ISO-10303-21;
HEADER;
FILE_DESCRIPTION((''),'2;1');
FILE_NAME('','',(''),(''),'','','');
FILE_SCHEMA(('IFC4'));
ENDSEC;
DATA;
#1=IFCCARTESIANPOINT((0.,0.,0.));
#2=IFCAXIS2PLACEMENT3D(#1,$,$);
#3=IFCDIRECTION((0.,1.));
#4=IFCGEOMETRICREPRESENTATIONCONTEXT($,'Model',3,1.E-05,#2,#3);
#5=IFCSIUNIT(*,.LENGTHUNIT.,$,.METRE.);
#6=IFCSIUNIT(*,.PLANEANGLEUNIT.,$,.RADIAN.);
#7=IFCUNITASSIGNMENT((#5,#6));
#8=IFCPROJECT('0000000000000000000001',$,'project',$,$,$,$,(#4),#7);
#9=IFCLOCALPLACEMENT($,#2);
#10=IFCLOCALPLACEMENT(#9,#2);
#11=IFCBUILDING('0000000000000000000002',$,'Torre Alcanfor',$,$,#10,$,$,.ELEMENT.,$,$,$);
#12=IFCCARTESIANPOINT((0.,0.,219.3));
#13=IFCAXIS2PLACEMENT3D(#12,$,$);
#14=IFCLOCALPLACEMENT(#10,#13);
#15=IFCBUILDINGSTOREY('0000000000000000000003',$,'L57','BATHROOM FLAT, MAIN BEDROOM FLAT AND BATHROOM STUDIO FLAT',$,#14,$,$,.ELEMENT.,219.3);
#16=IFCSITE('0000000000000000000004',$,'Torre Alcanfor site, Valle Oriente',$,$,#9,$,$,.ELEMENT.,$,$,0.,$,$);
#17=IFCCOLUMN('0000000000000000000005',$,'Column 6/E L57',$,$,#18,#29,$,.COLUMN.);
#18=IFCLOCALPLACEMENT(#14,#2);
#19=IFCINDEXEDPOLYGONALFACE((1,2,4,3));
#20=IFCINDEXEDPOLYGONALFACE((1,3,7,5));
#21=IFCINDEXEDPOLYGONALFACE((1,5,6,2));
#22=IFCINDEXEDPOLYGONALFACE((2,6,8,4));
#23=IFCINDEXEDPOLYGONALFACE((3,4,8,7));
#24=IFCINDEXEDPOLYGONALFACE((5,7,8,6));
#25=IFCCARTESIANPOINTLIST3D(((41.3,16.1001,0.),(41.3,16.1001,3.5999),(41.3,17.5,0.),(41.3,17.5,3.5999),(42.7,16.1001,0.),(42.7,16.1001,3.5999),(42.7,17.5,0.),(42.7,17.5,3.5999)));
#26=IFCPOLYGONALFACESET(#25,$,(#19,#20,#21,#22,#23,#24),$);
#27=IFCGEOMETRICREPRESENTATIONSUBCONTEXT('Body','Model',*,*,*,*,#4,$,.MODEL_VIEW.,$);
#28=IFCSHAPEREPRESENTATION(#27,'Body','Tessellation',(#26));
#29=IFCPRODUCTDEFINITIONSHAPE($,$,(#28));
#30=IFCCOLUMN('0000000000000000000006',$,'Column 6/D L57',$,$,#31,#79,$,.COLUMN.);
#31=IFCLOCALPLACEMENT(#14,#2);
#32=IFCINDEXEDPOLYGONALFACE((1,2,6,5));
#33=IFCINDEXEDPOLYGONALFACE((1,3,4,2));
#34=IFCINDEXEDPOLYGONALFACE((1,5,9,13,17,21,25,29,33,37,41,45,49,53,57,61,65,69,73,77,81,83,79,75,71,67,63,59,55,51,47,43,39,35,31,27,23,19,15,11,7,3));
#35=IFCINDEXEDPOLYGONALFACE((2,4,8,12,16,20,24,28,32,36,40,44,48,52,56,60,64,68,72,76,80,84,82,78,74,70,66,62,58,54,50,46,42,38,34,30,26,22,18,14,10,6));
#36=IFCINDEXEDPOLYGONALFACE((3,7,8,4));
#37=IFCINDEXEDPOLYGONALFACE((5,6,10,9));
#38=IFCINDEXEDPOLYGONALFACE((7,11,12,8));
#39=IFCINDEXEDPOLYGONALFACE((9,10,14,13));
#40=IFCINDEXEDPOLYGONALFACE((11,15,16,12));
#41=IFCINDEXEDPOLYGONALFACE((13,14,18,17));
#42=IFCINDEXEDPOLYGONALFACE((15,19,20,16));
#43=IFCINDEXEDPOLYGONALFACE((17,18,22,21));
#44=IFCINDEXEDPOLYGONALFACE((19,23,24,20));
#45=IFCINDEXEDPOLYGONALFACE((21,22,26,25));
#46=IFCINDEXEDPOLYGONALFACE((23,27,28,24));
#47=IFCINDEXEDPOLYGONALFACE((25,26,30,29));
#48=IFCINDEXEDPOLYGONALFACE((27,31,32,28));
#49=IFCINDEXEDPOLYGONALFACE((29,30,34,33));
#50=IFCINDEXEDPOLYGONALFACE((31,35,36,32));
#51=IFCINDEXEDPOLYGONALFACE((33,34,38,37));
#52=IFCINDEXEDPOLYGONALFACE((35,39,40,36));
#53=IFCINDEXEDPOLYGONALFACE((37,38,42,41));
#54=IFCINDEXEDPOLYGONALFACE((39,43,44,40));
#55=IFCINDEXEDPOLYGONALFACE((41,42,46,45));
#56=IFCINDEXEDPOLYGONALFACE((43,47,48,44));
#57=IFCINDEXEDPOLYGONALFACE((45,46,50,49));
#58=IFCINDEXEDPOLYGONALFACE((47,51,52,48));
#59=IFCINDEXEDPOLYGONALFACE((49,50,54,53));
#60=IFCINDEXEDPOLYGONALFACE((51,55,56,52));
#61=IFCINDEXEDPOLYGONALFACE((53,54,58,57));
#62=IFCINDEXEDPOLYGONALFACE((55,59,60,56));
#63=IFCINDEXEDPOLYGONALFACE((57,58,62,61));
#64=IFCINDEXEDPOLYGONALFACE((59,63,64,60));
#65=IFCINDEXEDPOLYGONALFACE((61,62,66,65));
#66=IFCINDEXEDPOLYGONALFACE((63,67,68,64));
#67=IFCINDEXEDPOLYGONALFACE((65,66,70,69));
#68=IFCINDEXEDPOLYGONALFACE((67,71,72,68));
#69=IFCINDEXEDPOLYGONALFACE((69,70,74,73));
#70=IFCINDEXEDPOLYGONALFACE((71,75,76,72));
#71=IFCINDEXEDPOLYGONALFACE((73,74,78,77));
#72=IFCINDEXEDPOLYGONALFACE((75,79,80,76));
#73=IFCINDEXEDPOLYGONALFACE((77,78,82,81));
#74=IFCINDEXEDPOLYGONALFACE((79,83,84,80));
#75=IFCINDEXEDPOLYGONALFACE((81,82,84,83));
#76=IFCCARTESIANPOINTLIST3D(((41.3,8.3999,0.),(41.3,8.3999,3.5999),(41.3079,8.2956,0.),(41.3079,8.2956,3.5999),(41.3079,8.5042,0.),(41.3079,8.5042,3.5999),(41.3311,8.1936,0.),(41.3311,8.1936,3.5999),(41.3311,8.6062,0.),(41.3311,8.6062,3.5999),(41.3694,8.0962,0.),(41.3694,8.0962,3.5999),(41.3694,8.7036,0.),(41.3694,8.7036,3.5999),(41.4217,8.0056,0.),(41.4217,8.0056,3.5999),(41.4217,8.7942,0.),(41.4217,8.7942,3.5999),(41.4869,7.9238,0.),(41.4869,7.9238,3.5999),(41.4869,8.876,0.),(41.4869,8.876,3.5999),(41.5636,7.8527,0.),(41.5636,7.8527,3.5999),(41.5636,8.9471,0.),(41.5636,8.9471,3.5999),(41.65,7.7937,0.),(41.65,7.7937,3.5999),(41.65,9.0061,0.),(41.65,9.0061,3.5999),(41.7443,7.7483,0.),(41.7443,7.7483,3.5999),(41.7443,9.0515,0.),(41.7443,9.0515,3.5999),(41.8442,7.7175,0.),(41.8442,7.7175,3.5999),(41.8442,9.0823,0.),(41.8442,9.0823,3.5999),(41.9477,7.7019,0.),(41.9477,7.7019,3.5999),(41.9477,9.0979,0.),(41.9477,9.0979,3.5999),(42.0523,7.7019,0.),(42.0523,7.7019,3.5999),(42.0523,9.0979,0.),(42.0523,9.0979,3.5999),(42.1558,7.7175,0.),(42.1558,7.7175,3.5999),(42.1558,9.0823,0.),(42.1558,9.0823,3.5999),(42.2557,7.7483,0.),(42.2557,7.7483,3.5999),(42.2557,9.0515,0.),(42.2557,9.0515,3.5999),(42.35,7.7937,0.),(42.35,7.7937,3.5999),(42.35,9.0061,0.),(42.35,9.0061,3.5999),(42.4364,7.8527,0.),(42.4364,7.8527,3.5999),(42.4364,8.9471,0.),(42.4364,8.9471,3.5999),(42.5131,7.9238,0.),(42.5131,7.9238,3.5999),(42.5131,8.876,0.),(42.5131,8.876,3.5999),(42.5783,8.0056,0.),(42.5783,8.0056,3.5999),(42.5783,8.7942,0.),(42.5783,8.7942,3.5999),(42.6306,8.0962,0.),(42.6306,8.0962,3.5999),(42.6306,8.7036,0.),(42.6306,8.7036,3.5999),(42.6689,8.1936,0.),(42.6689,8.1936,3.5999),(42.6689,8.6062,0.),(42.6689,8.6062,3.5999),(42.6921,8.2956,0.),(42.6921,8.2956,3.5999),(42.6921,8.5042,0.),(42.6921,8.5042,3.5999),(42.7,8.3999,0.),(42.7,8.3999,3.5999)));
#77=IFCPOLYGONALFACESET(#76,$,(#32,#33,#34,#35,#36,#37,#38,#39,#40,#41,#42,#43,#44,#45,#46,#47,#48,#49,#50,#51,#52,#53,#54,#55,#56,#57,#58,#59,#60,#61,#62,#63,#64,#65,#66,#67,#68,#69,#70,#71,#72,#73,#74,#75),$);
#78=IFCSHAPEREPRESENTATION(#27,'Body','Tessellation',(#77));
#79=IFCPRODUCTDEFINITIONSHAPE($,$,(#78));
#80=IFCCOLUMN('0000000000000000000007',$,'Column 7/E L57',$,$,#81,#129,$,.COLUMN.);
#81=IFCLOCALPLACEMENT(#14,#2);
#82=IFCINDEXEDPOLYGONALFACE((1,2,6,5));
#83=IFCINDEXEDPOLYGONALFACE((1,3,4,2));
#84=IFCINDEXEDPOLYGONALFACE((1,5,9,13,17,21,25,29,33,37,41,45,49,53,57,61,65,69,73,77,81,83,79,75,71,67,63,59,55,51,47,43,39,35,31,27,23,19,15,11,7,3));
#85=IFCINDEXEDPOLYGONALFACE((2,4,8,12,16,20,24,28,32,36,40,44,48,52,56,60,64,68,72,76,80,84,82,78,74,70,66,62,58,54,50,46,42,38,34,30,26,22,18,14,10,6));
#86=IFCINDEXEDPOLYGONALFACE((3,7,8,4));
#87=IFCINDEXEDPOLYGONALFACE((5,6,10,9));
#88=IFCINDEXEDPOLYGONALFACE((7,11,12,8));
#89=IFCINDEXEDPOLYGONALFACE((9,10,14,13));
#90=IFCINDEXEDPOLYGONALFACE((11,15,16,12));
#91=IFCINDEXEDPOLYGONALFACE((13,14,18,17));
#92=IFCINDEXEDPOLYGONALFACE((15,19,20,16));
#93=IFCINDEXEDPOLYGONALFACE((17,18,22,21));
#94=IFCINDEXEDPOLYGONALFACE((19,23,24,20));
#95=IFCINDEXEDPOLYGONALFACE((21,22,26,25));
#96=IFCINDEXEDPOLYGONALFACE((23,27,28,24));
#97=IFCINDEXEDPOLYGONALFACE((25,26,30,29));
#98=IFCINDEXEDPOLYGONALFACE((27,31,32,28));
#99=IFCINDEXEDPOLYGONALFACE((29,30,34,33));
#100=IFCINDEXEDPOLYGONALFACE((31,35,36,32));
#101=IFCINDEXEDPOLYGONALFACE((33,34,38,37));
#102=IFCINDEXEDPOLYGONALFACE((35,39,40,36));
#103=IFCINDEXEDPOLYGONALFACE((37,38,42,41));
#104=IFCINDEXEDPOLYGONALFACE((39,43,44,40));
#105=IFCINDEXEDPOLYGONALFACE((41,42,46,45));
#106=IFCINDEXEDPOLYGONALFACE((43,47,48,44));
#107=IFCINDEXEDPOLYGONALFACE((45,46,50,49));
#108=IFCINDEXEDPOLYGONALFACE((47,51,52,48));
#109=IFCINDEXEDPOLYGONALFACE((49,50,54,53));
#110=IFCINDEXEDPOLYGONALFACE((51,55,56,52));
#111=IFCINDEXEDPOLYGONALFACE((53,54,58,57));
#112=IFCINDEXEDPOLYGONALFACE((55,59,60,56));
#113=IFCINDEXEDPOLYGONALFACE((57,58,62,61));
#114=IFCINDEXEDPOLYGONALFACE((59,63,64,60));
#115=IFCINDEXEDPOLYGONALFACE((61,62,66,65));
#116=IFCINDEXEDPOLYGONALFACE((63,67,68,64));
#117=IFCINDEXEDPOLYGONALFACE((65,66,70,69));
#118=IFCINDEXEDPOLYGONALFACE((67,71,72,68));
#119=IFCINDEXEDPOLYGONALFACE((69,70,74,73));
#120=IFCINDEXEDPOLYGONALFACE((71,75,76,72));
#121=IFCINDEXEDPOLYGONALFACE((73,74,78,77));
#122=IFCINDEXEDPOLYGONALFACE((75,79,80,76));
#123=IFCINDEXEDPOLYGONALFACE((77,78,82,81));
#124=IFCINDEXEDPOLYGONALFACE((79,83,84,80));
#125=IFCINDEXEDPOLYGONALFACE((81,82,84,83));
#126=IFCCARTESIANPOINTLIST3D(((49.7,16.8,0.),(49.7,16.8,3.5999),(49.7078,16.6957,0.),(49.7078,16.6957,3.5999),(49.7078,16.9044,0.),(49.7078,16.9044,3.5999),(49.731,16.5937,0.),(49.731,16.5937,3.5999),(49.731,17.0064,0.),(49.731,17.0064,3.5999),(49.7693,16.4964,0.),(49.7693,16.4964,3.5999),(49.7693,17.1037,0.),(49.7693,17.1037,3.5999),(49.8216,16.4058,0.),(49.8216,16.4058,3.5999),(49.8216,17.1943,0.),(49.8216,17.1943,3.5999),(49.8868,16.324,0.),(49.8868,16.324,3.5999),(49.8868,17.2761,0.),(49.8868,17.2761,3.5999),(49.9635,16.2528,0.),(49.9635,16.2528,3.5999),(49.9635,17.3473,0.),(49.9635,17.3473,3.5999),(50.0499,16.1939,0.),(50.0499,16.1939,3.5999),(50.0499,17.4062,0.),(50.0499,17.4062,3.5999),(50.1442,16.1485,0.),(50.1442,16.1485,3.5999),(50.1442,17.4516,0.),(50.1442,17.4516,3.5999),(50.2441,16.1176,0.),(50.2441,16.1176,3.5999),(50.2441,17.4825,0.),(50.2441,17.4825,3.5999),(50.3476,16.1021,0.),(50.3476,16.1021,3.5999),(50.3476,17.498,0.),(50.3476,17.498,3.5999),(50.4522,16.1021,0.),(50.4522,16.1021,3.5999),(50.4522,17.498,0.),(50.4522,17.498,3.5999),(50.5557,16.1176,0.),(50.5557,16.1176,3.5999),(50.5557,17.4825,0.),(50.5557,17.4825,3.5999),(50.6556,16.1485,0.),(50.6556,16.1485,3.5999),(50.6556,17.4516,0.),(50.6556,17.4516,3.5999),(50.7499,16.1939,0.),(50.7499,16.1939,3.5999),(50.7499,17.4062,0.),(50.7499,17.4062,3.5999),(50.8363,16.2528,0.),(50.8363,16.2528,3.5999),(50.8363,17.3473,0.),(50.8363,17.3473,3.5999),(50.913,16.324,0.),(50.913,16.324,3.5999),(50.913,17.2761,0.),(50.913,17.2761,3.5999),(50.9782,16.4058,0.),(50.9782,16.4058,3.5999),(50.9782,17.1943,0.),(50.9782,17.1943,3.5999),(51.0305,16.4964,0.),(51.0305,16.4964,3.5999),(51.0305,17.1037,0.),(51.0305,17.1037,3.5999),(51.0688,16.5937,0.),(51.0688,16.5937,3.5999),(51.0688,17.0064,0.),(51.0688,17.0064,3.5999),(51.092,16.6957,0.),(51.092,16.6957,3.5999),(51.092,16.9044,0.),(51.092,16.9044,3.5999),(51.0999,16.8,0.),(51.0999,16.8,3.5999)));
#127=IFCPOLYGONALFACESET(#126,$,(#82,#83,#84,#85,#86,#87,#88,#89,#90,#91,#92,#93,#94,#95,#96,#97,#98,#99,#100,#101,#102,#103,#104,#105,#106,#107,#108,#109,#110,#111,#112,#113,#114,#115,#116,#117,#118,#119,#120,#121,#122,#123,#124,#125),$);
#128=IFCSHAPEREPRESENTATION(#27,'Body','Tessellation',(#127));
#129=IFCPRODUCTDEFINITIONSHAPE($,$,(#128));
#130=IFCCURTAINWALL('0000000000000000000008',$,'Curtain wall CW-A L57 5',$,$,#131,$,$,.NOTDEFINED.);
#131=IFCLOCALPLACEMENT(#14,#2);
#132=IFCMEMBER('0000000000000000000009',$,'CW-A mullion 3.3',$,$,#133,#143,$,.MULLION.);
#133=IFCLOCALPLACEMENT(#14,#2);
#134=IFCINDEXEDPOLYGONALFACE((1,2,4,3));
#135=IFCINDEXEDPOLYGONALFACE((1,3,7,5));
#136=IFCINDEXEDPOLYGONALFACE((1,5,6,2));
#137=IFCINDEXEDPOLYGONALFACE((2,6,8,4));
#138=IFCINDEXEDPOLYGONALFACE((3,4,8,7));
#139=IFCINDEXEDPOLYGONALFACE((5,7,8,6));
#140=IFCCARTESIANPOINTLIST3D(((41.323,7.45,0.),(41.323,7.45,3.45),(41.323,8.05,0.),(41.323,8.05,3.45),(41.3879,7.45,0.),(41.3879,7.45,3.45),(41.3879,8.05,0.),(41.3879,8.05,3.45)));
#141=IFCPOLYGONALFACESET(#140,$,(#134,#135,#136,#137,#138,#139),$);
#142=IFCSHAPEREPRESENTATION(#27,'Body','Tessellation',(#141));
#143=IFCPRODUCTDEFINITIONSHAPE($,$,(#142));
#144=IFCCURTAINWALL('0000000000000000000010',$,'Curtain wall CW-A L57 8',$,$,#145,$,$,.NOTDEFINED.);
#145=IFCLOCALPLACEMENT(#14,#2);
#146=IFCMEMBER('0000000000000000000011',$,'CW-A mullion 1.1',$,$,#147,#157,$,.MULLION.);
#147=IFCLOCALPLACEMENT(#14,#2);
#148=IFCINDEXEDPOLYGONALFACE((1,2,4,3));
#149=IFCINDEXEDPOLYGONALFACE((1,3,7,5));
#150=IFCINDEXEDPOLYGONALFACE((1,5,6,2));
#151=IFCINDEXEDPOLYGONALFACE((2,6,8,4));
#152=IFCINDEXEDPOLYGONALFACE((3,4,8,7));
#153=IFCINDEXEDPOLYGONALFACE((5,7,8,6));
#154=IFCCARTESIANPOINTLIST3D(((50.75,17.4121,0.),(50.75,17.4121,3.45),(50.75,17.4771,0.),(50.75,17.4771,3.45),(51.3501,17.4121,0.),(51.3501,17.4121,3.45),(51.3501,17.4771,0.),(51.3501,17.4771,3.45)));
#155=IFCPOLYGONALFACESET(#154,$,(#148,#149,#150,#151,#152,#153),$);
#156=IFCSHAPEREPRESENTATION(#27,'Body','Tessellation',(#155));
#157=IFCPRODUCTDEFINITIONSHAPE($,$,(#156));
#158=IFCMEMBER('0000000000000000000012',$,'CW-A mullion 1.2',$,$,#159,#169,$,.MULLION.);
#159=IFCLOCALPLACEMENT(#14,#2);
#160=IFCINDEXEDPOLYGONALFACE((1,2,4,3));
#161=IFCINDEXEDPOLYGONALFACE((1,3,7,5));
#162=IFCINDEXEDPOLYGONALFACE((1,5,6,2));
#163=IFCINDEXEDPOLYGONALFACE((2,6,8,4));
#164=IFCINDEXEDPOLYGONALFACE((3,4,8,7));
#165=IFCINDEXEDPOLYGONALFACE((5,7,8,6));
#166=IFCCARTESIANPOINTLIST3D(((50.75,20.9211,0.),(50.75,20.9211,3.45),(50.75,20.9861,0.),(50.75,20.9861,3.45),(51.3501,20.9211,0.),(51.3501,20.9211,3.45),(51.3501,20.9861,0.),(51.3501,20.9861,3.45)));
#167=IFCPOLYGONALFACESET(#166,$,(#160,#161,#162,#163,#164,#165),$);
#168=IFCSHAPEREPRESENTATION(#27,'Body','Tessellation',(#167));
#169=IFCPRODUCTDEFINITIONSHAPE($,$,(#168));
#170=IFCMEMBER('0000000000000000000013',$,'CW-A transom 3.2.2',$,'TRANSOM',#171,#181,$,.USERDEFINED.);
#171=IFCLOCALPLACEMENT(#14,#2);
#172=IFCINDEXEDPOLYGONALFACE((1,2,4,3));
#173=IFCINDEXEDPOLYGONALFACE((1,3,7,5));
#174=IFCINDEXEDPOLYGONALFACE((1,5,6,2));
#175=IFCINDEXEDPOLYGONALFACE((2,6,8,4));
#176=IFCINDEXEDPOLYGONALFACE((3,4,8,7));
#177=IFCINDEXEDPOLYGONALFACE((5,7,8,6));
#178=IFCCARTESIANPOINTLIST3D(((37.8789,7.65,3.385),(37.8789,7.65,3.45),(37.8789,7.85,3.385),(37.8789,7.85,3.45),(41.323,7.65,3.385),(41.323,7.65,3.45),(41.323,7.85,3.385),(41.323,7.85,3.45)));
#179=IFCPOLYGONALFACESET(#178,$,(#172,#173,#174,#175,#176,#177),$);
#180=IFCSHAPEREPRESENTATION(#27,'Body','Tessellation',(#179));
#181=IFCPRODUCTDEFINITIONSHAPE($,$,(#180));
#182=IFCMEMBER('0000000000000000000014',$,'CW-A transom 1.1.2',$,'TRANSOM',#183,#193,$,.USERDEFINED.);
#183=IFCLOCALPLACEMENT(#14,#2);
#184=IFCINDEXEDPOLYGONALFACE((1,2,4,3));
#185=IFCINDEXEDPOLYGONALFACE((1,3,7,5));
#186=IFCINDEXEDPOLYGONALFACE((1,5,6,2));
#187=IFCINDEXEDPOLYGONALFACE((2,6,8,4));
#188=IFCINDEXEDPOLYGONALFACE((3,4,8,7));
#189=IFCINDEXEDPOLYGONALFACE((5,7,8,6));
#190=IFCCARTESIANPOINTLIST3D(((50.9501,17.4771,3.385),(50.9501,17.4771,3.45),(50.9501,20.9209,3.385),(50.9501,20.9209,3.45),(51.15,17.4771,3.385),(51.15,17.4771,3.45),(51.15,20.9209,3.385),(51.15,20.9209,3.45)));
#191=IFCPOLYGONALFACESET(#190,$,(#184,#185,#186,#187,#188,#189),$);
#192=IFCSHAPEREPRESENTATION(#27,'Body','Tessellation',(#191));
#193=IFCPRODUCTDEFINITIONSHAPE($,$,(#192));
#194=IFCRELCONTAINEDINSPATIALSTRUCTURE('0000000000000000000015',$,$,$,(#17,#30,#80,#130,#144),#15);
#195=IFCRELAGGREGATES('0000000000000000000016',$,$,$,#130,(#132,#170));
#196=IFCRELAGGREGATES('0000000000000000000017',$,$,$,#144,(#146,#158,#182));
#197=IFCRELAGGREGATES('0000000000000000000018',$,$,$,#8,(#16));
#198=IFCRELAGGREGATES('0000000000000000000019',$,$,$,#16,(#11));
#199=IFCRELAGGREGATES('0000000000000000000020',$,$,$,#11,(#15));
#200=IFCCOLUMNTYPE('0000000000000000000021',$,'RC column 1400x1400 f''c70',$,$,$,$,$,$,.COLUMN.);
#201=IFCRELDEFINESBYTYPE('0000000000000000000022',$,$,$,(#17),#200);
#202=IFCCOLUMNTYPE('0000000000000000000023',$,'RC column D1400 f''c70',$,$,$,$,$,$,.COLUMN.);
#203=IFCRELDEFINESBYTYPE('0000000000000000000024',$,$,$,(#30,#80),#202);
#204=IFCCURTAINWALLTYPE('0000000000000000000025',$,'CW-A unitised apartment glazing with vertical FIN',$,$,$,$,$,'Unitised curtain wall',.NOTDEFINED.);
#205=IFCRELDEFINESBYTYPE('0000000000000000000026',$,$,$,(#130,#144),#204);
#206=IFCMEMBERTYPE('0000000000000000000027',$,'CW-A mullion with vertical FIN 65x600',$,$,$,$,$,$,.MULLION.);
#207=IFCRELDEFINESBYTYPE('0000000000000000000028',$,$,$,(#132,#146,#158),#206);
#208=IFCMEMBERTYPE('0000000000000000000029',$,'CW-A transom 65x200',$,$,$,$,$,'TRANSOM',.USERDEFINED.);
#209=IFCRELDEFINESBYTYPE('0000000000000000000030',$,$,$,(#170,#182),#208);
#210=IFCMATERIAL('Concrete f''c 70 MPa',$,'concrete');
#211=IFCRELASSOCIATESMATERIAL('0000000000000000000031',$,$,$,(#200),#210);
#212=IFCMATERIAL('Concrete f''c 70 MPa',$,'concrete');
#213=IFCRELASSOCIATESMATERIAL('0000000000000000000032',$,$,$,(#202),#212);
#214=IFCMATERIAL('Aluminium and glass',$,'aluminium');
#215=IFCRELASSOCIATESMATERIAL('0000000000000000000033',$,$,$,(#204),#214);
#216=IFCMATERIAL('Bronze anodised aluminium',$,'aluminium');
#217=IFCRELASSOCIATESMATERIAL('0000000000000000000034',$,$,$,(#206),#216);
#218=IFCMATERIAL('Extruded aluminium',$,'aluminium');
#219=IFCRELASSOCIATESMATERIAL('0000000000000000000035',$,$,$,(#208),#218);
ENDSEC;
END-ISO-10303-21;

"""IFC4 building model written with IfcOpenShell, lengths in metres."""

from ifc_helpers import new_model, si_unit, direction, frame, origin, origin_2d, place, context, subcontext, project, spatial, rectangle, circle, extrude, material, material_profile, profile_set, type_object, element, aggregate, save


model = new_model("IFC4")

# Units and contexts
model_context = context("Model", 3, precision=1e-05, world=origin(), true_north=direction((0.0, 1.0)))
body_context = subcontext(model_context, "Body", "Model", "MODEL_VIEW")
ifc_project = project(units=[si_unit("LENGTHUNIT", "METRE"), si_unit("PLANEANGLEUNIT", "RADIAN")], contexts=[model_context])

# Site, building, storey
site_placement = place(None, origin())
site = spatial("IfcSite", under=ifc_project, at=site_placement, Name="Torre Alcanfor site, Valle Oriente", CompositionType="ELEMENT", RefElevation=0.0)
building_placement = place(site_placement, origin())
building = spatial("IfcBuilding", under=site, at=building_placement, Name="Torre Alcanfor", CompositionType="ELEMENT")
storey_placement = place(building_placement, frame((0.0, 0.0, 219.3)))
storey = spatial("IfcBuildingStorey", under=building, at=storey_placement, Name="L57", Description="BATHROOM FLAT, MAIN BEDROOM FLAT AND BATHROOM STUDIO FLAT", CompositionType="ELEMENT", Elevation=219.3)

# Columns
ifc_material_1 = material(Name="Concrete f'c 70 MPa", Category="concrete")
ifc_material_profile_1 = material_profile(ifc_material_1, rectangle(XDim=1.3999, YDim=1.3999, at=origin_2d()), Name="1400x1400")
ifc_profile_set_1 = profile_set([ifc_material_profile_1], Name="Concrete f'c 70 MPa")
column_type_1 = type_object("IfcColumnType", Name="RC column 1400x1400 f'c70", PredefinedType="COLUMN", material=ifc_profile_set_1)
column_placement = place(storey_placement, frame((42.0, 16.8, 0.0), z_axis=(0.0, 0.0, 1.0), x_axis=(1.0, 0.0, 0.0)))
element("IfcColumn", 1, at=column_placement, inside=storey, type_object=column_type_1, Name="Column 6/E L57", PredefinedType="COLUMN", context=body_context, shape_type="SweptSolid", body=[
    extrude(rectangle(XDim=1.3999, YDim=1.3999, at=origin_2d()), origin(), (0.0, 0.0, 1.0), 3.5999),
])
ifc_material_2 = material(Name="Concrete f'c 70 MPa", Category="concrete")
ifc_material_profile_2 = material_profile(ifc_material_2, circle(Radius=0.7, at=origin_2d()), Name="D1400")
ifc_profile_set_2 = profile_set([ifc_material_profile_2], Name="Concrete f'c 70 MPa")
column_type_2 = type_object("IfcColumnType", Name="RC column D1400 f'c70", PredefinedType="COLUMN", material=ifc_profile_set_2)
for number, where, z_axis, x_axis, name in (
    (2, (42.0, 8.3999, 0.0), (0.0, 0.0, 1.0), (1.0, 0.0, 0.0), "Column 6/D L57"),
    (3, (50.3999, 16.8, 0.0), (0.0, 0.0, 1.0), (1.0, 0.0, 0.0), "Column 7/E L57"),
):
    element("IfcColumn", number, at=place(storey_placement, frame(where, z_axis=z_axis, x_axis=x_axis)), inside=storey, type_object=column_type_2, Name=name, PredefinedType="COLUMN", context=body_context, shape_type="SweptSolid", body=[
        extrude(circle(Radius=0.7, at=origin_2d()), origin(), (0.0, 0.0, 1.0), 3.5999),
    ])

# Curtain wall, member
ifc_material_3 = material(Name="Aluminium and glass", Category="aluminium")
curtain_wall_type = type_object("IfcCurtainWallType", Name="CW-A unitised apartment glazing with vertical FIN", ElementType="Unitised curtain wall", PredefinedType="NOTDEFINED", material=ifc_material_3)
curtain_wall_1_placement = place(storey_placement, origin())
curtain_wall_1 = element("IfcCurtainWall", 4, at=curtain_wall_1_placement, inside=storey, type_object=curtain_wall_type, Name="Curtain wall CW-A L57 5", PredefinedType="NOTDEFINED")
ifc_material_4 = material(Name="Bronze anodised aluminium", Category="aluminium")
ifc_material_profile_3 = material_profile(ifc_material_4, rectangle(XDim=0.6001, YDim=0.0649, at=origin_2d()), Name="CW-A mullion 65x600")
ifc_profile_set_3 = profile_set([ifc_material_profile_3], Name="Bronze anodised aluminium")
member_type_1 = type_object("IfcMemberType", Name="CW-A mullion with vertical FIN 65x600", PredefinedType="MULLION", material=ifc_profile_set_3)
member_1_placement = place(storey_placement, frame((41.3555, 7.75, 0.0), z_axis=(0.0, 0.0, 1.0), x_axis=(0.0, 1.0, 0.0)))
member_1 = element("IfcMember", 5, at=member_1_placement, type_object=member_type_1, Name="CW-A mullion 3.3", PredefinedType="MULLION", context=body_context, shape_type="SweptSolid", body=[
    extrude(rectangle(XDim=0.6001, YDim=0.0649, at=origin_2d()), origin(), (0.0, 0.0, 1.0), 3.45),
])

# Curtain wall, members
curtain_wall_2_placement = place(storey_placement, origin())
curtain_wall_2 = element("IfcCurtainWall", 6, at=curtain_wall_2_placement, inside=storey, type_object=curtain_wall_type, Name="Curtain wall CW-A L57 8", PredefinedType="NOTDEFINED")
member_2_placement = place(storey_placement, frame((51.05, 17.4446, 0.0), z_axis=(0.0, 0.0, 1.0), x_axis=(-1.0, 0.0, 0.0)))
member_2 = element("IfcMember", 7, at=member_2_placement, type_object=member_type_1, Name="CW-A mullion 1.1", PredefinedType="MULLION", context=body_context, shape_type="SweptSolid", body=[
    extrude(rectangle(XDim=0.6001, YDim=0.0649, at=origin_2d()), origin(), (0.0, 0.0, 1.0), 3.45),
])
member_3_placement = place(storey_placement, frame((51.05, 20.9536, 0.0), z_axis=(0.0, 0.0, 1.0), x_axis=(-1.0, 0.0, 0.0)))
member_3 = element("IfcMember", 8, at=member_3_placement, type_object=member_type_1, Name="CW-A mullion 1.2", PredefinedType="MULLION", context=body_context, shape_type="SweptSolid", body=[
    extrude(rectangle(XDim=0.6001, YDim=0.0649, at=origin_2d()), origin(), (0.0, 0.0, 1.0), 3.45),
])

# Members
ifc_material_5 = material(Name="Extruded aluminium", Category="aluminium")
ifc_material_profile_4 = material_profile(ifc_material_5, rectangle(XDim=0.2, YDim=0.0649, at=origin_2d()), Name="CW-A transom 200x65")
ifc_profile_set_4 = profile_set([ifc_material_profile_4], Name="Extruded aluminium")
member_type_2 = type_object("IfcMemberType", Name="CW-A transom 65x200", ElementType="TRANSOM", PredefinedType="USERDEFINED", material=ifc_profile_set_4)
member_4_placement = place(storey_placement, frame((37.8789, 7.75, 3.4175), z_axis=(1.0, 0.0, 0.0), x_axis=(0.0, 1.0, 0.0)))
member_4 = element("IfcMember", 9, at=member_4_placement, type_object=member_type_2, Name="CW-A transom 3.2.2", ObjectType="TRANSOM", PredefinedType="USERDEFINED", context=body_context, shape_type="SweptSolid", body=[
    extrude(rectangle(XDim=0.2, YDim=0.0649, at=origin_2d()), origin(), (0.0, 0.0, 1.0), 3.4441),
])
member_5_placement = place(storey_placement, frame((51.05, 17.4771, 3.4175), z_axis=(0.0, 1.0, 0.0), x_axis=(-1.0, 0.0, 0.0)))
member_5 = element("IfcMember", 10, at=member_5_placement, type_object=member_type_2, Name="CW-A transom 1.1.2", ObjectType="TRANSOM", PredefinedType="USERDEFINED", context=body_context, shape_type="SweptSolid", body=[
    extrude(rectangle(XDim=0.2, YDim=0.0649, at=origin_2d()), origin(), (0.0, 0.0, 1.0), 3.4438),
])

aggregate(curtain_wall_1, [member_1, member_4])
aggregate(curtain_wall_2, [member_2, member_3, member_5])

save(model, "model.ifc")
